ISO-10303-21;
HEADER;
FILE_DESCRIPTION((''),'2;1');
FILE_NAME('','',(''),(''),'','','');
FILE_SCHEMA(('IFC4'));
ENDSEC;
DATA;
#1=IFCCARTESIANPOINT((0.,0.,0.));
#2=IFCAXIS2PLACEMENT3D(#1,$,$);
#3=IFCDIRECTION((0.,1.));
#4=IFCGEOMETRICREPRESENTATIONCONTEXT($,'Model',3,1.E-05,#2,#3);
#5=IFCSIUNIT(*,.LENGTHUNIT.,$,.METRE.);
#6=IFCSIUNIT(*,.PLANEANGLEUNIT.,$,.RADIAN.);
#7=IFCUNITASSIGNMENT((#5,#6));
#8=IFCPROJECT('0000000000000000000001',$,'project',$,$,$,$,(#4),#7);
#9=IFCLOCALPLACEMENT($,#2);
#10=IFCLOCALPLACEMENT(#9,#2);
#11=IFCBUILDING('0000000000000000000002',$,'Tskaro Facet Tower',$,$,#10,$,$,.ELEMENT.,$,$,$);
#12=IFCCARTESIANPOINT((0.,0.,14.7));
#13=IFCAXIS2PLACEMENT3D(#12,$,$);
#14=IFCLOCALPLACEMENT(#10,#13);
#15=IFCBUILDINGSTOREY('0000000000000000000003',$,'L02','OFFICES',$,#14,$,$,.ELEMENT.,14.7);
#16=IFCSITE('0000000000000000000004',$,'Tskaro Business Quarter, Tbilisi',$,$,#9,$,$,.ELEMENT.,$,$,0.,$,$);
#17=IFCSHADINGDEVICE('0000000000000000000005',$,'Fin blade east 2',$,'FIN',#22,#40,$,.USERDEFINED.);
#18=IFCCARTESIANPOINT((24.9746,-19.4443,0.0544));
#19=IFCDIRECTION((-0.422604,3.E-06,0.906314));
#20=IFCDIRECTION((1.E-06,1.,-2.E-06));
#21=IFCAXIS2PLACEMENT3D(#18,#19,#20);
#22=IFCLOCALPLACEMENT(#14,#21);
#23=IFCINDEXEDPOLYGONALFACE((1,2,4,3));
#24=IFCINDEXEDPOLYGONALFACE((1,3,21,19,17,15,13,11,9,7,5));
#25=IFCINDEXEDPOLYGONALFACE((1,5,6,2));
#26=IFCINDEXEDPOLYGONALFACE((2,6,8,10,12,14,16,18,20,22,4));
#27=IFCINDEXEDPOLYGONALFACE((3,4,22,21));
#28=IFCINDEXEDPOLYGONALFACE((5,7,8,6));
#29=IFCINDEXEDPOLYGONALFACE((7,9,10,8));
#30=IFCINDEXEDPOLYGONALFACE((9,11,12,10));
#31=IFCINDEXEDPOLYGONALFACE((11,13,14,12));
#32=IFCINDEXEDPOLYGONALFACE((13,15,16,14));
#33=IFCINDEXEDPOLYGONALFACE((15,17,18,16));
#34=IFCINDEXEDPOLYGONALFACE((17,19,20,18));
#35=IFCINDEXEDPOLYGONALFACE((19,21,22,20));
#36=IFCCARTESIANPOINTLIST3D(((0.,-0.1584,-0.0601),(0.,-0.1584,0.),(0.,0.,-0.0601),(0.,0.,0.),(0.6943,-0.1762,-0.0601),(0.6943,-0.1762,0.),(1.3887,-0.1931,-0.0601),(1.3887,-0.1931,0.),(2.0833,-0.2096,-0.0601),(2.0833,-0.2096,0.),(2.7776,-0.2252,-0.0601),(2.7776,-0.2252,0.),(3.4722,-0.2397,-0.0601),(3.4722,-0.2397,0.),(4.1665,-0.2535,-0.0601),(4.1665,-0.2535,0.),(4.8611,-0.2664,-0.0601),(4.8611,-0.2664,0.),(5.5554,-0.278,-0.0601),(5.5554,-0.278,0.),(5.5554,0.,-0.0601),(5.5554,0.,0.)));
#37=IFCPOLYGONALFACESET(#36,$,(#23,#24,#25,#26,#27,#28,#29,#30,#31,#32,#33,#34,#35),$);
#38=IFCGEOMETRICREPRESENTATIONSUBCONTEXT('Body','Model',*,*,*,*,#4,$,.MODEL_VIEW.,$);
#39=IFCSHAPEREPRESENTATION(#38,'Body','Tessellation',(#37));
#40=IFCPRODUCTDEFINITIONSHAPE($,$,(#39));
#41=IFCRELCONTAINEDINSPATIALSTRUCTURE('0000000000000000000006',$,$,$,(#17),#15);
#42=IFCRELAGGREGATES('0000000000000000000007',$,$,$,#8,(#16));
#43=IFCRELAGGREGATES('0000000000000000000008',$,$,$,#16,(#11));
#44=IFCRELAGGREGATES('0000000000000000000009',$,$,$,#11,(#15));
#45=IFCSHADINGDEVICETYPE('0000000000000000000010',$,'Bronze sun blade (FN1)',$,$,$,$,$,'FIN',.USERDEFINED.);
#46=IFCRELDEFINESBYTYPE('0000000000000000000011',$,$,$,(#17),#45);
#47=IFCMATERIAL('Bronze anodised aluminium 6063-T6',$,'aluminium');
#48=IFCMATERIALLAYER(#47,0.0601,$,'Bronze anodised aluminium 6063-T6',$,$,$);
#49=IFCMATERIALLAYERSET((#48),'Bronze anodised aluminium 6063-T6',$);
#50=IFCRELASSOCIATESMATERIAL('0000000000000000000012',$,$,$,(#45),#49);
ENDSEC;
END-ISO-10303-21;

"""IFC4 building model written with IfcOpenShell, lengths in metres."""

from ifc_helpers import new_model, si_unit, direction, frame, origin, place, context, subcontext, project, spatial, polyline, outline, extrude, material, layer, layer_set, type_object, element, save


model = new_model("IFC4")

# Units and contexts
model_context = context("Model", 3, precision=1e-05, world=origin(), true_north=direction((0.0, 1.0)))
body_context = subcontext(model_context, "Body", "Model", "MODEL_VIEW")
ifc_project = project(units=[si_unit("LENGTHUNIT", "METRE"), si_unit("PLANEANGLEUNIT", "RADIAN")], contexts=[model_context])

# Site, building, storey
site_placement = place(None, origin())
site = spatial("IfcSite", under=ifc_project, at=site_placement, Name="Tskaro Business Quarter, Tbilisi", CompositionType="ELEMENT", RefElevation=0.0)
building_placement = place(site_placement, origin())
building = spatial("IfcBuilding", under=site, at=building_placement, Name="Tskaro Facet Tower", CompositionType="ELEMENT")
storey_placement = place(building_placement, frame((0.0, 0.0, 14.7)))
storey = spatial("IfcBuildingStorey", under=building, at=storey_placement, Name="L02", Description="OFFICES", CompositionType="ELEMENT", Elevation=14.7)

# Shared definitions
ifc_material_1 = material(Name="Bronze anodised aluminium 6063-T6", Category="aluminium")

# Shading device
ifc_layer_1 = layer(ifc_material_1, 0.0601, Name="Bronze anodised aluminium 6063-T6")
ifc_layer_set_1 = layer_set([ifc_layer_1], Name="Bronze anodised aluminium 6063-T6")
shading_device_type = type_object("IfcShadingDeviceType", Name="Bronze sun blade (FN1)", ElementType="FIN", PredefinedType="USERDEFINED", material=ifc_layer_set_1)
shading_device_1_placement = place(storey_placement, frame((24.9746, -19.4443, 0.0544), z_axis=(-0.422604, 0.000003, 0.906314), x_axis=(0.000001, 1.0, -0.000002)))
element("IfcShadingDevice", 1, at=shading_device_1_placement, inside=storey, type_object=shading_device_type, Name="Fin blade east 2", ObjectType="FIN", PredefinedType="USERDEFINED", context=body_context, shape_type="SweptSolid", body=[
    extrude(outline(polyline([(0.0, 0.0), (5.5554, 0.0), (5.5554, -0.278), (4.8611, -0.2664), (4.1665, -0.2535), (3.4722, -0.2397), (2.7776, -0.2252), (2.0833, -0.2096), (1.3887, -0.1931), (0.6943, -0.1762), (0.0, -0.1584), (0.0, 0.0)])), origin(), (0.0, 0.0, -1.0), 0.0601),
])

save(model, "model.ifc")
